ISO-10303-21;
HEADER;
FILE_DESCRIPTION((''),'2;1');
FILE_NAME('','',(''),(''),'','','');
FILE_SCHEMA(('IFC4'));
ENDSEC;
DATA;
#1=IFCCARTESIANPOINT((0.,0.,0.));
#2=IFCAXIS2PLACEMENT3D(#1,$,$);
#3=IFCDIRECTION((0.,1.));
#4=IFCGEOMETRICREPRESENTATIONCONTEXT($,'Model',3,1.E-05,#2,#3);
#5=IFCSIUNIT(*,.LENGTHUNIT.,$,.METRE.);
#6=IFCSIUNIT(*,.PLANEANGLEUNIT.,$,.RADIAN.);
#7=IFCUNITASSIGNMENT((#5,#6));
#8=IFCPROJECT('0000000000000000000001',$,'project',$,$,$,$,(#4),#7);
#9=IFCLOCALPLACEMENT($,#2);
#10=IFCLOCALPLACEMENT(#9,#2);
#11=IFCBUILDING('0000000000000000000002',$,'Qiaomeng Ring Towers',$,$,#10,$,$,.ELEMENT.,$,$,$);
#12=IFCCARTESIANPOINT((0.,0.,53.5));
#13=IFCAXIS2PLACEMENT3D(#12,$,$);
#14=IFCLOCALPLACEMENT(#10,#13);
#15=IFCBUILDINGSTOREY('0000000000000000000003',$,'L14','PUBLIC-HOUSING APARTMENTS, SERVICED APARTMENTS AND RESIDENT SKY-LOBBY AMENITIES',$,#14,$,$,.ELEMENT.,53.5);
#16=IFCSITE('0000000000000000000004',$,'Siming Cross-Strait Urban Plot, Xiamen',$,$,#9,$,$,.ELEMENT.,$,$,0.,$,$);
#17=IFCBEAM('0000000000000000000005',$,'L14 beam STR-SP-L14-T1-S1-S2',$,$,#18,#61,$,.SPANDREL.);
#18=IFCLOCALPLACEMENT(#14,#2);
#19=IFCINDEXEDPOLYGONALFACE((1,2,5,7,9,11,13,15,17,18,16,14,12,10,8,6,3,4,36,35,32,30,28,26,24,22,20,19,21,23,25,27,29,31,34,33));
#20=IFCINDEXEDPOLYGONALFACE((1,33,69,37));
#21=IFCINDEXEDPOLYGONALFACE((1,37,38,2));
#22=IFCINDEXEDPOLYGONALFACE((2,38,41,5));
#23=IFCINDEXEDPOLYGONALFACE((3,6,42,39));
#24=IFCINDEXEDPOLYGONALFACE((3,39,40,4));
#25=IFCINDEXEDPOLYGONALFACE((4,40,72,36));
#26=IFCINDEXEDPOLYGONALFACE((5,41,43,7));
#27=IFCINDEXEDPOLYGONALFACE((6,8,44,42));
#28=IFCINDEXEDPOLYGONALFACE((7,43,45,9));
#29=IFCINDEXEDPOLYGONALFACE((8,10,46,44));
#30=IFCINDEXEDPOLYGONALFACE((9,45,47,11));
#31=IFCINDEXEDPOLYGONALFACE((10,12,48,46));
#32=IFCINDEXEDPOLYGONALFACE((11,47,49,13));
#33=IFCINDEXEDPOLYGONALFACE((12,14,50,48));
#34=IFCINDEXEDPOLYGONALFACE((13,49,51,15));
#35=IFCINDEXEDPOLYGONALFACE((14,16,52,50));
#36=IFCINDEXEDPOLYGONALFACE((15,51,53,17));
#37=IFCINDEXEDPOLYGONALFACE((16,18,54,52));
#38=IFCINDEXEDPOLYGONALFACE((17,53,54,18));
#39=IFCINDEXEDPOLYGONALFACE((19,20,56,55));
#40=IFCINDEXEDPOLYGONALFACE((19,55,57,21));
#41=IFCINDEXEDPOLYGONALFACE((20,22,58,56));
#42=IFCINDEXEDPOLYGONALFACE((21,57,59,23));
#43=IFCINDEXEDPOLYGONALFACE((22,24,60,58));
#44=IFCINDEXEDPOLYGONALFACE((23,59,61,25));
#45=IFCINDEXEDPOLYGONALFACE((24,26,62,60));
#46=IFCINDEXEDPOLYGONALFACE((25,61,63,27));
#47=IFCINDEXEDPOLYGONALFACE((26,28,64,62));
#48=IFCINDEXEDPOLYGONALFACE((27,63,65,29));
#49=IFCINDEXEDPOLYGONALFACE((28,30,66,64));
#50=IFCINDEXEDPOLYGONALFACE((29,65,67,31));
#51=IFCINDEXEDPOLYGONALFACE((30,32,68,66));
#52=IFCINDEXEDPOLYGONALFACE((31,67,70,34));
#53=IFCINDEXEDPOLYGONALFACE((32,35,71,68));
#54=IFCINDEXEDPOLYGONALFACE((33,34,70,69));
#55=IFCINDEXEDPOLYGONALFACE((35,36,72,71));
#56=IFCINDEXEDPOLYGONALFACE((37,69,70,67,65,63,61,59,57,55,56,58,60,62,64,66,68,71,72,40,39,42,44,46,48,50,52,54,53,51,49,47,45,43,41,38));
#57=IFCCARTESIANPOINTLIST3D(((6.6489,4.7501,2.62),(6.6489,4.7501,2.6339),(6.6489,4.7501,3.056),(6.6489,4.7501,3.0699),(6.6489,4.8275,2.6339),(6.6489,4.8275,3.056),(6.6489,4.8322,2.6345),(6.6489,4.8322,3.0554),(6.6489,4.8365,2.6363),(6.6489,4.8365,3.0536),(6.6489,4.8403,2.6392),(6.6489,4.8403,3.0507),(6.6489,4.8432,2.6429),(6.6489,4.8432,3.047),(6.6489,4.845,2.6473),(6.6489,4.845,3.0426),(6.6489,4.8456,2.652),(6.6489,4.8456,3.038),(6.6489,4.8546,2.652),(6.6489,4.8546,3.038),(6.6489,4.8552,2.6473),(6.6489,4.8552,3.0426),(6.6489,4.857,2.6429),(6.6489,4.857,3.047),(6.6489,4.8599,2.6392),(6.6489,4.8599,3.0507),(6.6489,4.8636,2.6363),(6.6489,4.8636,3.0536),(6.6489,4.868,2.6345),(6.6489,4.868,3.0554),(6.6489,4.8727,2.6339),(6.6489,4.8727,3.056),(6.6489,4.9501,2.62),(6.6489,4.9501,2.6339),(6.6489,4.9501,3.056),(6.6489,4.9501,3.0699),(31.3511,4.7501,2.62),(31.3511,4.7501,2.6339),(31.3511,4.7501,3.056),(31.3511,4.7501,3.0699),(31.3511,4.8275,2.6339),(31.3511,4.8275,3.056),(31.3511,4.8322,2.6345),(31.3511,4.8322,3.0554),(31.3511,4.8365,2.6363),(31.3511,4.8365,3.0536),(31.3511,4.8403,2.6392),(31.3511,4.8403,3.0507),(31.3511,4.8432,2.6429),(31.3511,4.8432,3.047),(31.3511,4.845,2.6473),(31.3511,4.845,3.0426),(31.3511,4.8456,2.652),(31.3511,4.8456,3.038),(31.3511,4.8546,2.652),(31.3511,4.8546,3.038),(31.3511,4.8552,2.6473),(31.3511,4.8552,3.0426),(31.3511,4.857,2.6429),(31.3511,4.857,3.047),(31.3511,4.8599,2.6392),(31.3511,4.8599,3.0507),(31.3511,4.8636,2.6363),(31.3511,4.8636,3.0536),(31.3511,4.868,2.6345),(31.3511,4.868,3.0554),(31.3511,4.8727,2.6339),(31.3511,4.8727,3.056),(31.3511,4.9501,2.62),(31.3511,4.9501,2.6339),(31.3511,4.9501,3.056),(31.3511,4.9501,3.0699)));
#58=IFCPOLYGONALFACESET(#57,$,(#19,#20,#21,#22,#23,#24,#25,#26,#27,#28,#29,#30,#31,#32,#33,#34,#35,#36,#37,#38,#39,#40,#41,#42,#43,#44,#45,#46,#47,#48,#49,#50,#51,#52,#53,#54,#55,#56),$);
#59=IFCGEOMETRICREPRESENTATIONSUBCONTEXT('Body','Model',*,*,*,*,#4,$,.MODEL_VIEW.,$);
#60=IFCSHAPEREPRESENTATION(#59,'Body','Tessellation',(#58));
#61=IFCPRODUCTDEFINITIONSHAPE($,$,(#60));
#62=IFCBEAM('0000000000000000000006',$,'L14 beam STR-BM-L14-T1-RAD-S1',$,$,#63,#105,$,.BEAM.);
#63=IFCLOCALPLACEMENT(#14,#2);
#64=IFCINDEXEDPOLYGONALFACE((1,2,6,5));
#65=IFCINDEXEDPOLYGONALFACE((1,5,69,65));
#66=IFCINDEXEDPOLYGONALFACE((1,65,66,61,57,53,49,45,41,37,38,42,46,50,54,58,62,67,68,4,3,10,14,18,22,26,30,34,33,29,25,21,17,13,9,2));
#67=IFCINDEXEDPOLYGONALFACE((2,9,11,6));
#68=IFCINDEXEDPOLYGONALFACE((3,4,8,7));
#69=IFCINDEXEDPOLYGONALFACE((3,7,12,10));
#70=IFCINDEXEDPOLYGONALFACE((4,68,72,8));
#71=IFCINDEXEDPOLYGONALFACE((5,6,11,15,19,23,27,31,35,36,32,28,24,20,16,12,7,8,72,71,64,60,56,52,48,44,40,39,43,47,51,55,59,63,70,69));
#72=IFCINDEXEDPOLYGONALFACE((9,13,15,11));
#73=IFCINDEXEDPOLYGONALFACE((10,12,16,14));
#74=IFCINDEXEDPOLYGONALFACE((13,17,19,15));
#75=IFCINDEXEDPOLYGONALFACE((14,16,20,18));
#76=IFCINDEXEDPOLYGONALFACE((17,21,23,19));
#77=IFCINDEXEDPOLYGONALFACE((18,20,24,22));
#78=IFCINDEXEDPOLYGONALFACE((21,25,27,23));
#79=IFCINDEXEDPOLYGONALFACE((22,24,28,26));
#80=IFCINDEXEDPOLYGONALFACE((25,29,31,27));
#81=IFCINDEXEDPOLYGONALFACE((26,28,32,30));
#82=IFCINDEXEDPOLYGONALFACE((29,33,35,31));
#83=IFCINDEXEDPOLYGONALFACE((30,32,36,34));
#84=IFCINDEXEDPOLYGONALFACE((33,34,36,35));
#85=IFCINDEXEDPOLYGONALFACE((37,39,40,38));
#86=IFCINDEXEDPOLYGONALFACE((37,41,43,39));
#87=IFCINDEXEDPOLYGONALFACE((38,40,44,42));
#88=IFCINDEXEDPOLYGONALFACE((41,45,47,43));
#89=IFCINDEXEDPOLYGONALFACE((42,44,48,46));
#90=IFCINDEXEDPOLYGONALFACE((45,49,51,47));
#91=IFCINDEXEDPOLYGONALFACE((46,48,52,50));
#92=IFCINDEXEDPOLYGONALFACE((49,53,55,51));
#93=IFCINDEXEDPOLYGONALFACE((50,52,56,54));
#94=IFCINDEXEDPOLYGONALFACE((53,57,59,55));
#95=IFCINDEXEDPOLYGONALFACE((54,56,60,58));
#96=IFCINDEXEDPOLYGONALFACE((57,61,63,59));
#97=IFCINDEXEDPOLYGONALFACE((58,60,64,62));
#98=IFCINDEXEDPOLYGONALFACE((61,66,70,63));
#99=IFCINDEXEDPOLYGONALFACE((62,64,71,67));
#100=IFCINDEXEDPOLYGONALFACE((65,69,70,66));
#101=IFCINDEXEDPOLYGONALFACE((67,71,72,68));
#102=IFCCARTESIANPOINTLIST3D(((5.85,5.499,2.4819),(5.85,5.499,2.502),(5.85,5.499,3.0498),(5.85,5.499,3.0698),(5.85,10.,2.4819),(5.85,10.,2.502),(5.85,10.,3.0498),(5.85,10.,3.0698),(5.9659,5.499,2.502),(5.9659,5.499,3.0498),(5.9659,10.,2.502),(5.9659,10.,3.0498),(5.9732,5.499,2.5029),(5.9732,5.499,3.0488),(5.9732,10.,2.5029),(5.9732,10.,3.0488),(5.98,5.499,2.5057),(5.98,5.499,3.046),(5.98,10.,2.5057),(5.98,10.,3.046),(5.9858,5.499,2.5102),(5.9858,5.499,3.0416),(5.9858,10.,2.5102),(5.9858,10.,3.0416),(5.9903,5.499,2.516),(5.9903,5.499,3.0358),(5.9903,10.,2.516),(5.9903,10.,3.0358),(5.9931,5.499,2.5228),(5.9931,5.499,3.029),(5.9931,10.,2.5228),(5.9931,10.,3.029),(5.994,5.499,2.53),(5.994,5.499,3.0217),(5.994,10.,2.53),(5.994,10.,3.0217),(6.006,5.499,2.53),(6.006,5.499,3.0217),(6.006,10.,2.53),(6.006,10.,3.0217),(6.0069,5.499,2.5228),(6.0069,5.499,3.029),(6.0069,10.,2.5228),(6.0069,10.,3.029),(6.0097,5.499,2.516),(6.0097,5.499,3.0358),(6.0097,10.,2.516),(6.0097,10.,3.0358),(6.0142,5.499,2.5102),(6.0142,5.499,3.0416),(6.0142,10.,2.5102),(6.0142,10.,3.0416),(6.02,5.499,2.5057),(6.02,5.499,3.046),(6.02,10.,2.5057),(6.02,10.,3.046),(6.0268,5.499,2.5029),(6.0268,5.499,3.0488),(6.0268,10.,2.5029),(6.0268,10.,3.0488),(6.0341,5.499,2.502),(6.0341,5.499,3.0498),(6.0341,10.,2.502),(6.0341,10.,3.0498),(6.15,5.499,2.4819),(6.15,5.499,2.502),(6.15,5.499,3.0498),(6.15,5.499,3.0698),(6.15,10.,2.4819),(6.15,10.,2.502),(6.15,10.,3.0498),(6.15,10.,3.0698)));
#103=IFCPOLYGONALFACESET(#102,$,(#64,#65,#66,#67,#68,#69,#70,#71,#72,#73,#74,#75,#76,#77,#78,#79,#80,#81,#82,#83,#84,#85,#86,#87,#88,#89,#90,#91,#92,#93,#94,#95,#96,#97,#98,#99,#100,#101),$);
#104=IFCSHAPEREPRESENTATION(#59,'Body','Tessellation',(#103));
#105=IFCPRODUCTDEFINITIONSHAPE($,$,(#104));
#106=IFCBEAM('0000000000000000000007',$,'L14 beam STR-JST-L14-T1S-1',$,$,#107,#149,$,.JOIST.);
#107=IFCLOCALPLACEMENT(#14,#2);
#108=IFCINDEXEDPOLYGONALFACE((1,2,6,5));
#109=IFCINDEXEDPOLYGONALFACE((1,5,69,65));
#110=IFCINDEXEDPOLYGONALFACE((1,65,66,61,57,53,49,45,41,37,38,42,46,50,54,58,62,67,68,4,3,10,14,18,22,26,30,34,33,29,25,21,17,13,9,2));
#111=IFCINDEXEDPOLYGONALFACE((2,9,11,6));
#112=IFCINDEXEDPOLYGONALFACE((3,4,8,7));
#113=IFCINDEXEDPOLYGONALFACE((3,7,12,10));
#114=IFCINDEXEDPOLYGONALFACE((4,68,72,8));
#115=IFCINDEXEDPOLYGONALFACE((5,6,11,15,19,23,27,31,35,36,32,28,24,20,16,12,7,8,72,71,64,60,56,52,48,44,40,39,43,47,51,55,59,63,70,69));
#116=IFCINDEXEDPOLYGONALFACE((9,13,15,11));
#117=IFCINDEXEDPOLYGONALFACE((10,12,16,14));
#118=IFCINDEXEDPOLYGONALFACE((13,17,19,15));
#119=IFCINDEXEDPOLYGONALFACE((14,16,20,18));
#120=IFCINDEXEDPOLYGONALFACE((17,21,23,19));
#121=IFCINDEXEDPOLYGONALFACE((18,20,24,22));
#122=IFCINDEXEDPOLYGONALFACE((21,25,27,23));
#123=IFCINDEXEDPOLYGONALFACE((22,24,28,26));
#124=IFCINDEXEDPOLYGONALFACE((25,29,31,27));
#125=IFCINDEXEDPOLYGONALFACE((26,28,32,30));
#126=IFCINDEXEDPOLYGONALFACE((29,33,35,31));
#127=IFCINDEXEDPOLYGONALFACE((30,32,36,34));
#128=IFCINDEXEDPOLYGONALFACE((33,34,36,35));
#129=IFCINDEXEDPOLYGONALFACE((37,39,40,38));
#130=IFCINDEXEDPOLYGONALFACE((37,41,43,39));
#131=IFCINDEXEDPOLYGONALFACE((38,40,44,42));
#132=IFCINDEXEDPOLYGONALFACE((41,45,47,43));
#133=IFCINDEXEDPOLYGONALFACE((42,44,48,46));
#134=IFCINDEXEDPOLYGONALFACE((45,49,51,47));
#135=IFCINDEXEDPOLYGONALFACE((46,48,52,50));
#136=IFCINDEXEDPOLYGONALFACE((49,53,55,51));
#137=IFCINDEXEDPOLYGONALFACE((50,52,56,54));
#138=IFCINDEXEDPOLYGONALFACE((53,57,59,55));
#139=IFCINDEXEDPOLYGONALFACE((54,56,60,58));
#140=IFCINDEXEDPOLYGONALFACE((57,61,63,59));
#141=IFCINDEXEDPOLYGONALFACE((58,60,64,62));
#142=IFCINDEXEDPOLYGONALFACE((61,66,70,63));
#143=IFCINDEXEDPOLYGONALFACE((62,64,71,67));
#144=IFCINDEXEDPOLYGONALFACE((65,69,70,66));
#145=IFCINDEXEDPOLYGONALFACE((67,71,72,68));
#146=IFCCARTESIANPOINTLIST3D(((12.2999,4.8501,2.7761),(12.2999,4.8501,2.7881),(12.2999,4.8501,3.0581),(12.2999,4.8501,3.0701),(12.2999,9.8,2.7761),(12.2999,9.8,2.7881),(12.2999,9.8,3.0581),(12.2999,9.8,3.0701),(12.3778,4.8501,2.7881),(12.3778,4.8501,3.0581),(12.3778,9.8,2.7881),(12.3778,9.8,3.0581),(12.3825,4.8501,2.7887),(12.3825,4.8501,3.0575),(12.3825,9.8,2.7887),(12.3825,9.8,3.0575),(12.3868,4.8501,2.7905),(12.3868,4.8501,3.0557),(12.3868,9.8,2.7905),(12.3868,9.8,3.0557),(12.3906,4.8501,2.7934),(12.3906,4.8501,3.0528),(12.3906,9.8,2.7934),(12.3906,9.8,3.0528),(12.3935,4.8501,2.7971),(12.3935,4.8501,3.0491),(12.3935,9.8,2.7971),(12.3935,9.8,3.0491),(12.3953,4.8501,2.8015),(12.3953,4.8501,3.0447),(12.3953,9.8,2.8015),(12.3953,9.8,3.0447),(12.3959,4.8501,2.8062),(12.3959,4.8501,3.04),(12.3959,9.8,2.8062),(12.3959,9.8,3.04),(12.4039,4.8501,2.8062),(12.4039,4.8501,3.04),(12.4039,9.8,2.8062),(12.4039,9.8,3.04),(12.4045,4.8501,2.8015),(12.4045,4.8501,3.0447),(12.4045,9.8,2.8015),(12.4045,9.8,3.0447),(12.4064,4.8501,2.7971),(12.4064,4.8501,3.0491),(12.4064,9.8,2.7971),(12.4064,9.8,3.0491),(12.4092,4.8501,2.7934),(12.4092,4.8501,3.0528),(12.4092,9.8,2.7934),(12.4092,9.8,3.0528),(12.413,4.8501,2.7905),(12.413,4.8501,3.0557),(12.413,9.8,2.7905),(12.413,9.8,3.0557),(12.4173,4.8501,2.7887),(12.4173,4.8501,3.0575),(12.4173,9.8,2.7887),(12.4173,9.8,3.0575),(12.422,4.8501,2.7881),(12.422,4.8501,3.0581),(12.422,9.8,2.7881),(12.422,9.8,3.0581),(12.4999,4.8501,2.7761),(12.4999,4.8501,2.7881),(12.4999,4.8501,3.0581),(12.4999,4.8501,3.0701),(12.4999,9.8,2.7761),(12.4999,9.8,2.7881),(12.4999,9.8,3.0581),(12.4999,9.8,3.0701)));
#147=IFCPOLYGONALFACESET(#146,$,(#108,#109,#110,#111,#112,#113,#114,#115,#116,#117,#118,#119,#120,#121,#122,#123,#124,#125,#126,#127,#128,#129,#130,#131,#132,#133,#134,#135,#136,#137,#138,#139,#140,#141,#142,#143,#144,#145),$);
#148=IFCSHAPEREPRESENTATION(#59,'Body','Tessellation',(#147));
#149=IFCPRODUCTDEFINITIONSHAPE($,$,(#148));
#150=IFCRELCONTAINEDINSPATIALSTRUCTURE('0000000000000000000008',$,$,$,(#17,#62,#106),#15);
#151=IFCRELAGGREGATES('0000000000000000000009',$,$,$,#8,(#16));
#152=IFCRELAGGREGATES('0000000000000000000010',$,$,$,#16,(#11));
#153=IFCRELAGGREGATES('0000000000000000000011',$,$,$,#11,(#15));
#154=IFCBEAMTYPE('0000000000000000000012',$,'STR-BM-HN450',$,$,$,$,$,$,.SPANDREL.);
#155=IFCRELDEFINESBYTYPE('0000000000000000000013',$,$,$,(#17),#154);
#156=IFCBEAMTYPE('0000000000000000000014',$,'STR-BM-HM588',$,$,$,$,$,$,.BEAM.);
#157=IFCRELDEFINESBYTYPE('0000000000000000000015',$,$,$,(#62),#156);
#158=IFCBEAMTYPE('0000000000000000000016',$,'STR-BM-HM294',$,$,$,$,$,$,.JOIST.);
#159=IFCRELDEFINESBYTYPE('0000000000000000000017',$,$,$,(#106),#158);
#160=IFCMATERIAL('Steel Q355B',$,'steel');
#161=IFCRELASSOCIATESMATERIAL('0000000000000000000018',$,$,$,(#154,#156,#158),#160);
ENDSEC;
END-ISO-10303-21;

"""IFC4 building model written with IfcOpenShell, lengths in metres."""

from ifc_helpers import new_model, si_unit, direction, frame, origin, origin_2d, place, context, subcontext, project, spatial, i_section, extrude, source, transform, mapped, material, material_profile, profile_set, type_object, element, save


model = new_model("IFC4")

# Units and contexts
model_context = context("Model", 3, precision=1e-05, world=origin(), true_north=direction((0.0, 1.0)))
body_context = subcontext(model_context, "Body", "Model", "MODEL_VIEW")
ifc_project = project(units=[si_unit("LENGTHUNIT", "METRE"), si_unit("PLANEANGLEUNIT", "RADIAN")], contexts=[model_context])

# Site, building, storey
site_placement = place(None, origin())
site = spatial("IfcSite", under=ifc_project, at=site_placement, Name="Siming Cross-Strait Urban Plot, Xiamen", CompositionType="ELEMENT", RefElevation=0.0)
building_placement = place(site_placement, origin())
building = spatial("IfcBuilding", under=site, at=building_placement, Name="Qiaomeng Ring Towers", CompositionType="ELEMENT")
storey_placement = place(building_placement, frame((0.0, 0.0, 53.5)))
storey = spatial("IfcBuildingStorey", under=building, at=storey_placement, Name="L14", Description="PUBLIC-HOUSING APARTMENTS, SERVICED APARTMENTS AND RESIDENT SKY-LOBBY AMENITIES", CompositionType="ELEMENT", Elevation=53.5)

# Beams
ifc_material_1 = material(Name="Steel Q355B", Category="steel")
ifc_material_profile_1 = material_profile(ifc_material_1, i_section(OverallWidth=0.2, OverallDepth=0.45, WebThickness=0.009, FlangeThickness=0.0139, FilletRadius=0.0181, at=origin_2d()), Name="HN 450x200x9x14")
ifc_profile_set_1 = profile_set([ifc_material_profile_1], Name="Steel Q355B")
beam_type_1 = type_object("IfcBeamType", Name="STR-BM-HN450", PredefinedType="SPANDREL", material=ifc_profile_set_1)
shared_shape_1 = source(origin(), body_context, "Body", "SweptSolid", [
    extrude(i_section(OverallWidth=0.2, OverallDepth=0.45, WebThickness=0.009, FlangeThickness=0.0139, FilletRadius=0.0181, at=origin_2d()), origin(), (0.0, 0.0, 1.0), 24.7021),
])
beam_1_placement = place(storey_placement, frame((6.6489, 4.8501, 2.845), z_axis=(1.0, 0.0, 0.0), x_axis=(0.0, 1.0, 0.0)))
element("IfcBeam", 1, at=beam_1_placement, inside=storey, type_object=beam_type_1, Name="L14 beam STR-SP-L14-T1-S1-S2", PredefinedType="SPANDREL", context=body_context, shape_type="MappedRepresentation", body=[
    mapped(shared_shape_1, transform((0.0, 0.0, 0.0), x_axis=(1.0, 0.0, 0.0), y_axis=(0.0, 1.0, 0.0), z_axis=(0.0, 0.0, 1.0), scale=1.0)),
])
ifc_material_profile_2 = material_profile(ifc_material_1, i_section(OverallWidth=0.3, OverallDepth=0.5879, WebThickness=0.012, FlangeThickness=0.02, FilletRadius=0.0281, at=origin_2d()), Name="HM 588x300x12x20")
ifc_profile_set_2 = profile_set([ifc_material_profile_2], Name="Steel Q355B")
beam_type_2 = type_object("IfcBeamType", Name="STR-BM-HM588", PredefinedType="BEAM", material=ifc_profile_set_2)
shared_shape_2 = source(origin(), body_context, "Body", "SweptSolid", [
    extrude(i_section(OverallWidth=0.3, OverallDepth=0.5879, WebThickness=0.012, FlangeThickness=0.02, FilletRadius=0.0281, at=origin_2d()), origin(), (0.0, 0.0, 1.0), 4.501),
])
beam_2_placement = place(storey_placement, frame((6.0, 5.499, 2.7759), z_axis=(0.0, 1.0, 0.0), x_axis=(-1.0, 0.0, 0.0)))
element("IfcBeam", 2, at=beam_2_placement, inside=storey, type_object=beam_type_2, Name="L14 beam STR-BM-L14-T1-RAD-S1", PredefinedType="BEAM", context=body_context, shape_type="MappedRepresentation", body=[
    mapped(shared_shape_2, transform((0.0, 0.0, 0.0), x_axis=(1.0, 0.0, 0.0), y_axis=(0.0, 1.0, 0.0), z_axis=(0.0, 0.0, 1.0), scale=1.0)),
])
ifc_material_profile_3 = material_profile(ifc_material_1, i_section(OverallWidth=0.2, OverallDepth=0.2939, WebThickness=0.0081, FlangeThickness=0.012, FilletRadius=0.0181, at=origin_2d()), Name="HM 294x200x8x12")
ifc_profile_set_3 = profile_set([ifc_material_profile_3], Name="Steel Q355B")
beam_type_3 = type_object("IfcBeamType", Name="STR-BM-HM294", PredefinedType="JOIST", material=ifc_profile_set_3)
shared_shape_3 = source(origin(), body_context, "Body", "SweptSolid", [
    extrude(i_section(OverallWidth=0.2, OverallDepth=0.2939, WebThickness=0.0081, FlangeThickness=0.012, FilletRadius=0.0181, at=origin_2d()), origin(), (0.0, 0.0, 1.0), 4.95),
])
beam_3_placement = place(storey_placement, frame((12.3999, 4.8501, 2.9231), z_axis=(0.0, 1.0, 0.0), x_axis=(-1.0, 0.0, 0.0)))
element("IfcBeam", 3, at=beam_3_placement, inside=storey, type_object=beam_type_3, Name="L14 beam STR-JST-L14-T1S-1", PredefinedType="JOIST", context=body_context, shape_type="MappedRepresentation", body=[
    mapped(shared_shape_3, transform((0.0, 0.0, 0.0), x_axis=(1.0, 0.0, 0.0), y_axis=(0.0, 1.0, 0.0), z_axis=(0.0, 0.0, 1.0), scale=1.0)),
])

save(model, "model.ifc")
